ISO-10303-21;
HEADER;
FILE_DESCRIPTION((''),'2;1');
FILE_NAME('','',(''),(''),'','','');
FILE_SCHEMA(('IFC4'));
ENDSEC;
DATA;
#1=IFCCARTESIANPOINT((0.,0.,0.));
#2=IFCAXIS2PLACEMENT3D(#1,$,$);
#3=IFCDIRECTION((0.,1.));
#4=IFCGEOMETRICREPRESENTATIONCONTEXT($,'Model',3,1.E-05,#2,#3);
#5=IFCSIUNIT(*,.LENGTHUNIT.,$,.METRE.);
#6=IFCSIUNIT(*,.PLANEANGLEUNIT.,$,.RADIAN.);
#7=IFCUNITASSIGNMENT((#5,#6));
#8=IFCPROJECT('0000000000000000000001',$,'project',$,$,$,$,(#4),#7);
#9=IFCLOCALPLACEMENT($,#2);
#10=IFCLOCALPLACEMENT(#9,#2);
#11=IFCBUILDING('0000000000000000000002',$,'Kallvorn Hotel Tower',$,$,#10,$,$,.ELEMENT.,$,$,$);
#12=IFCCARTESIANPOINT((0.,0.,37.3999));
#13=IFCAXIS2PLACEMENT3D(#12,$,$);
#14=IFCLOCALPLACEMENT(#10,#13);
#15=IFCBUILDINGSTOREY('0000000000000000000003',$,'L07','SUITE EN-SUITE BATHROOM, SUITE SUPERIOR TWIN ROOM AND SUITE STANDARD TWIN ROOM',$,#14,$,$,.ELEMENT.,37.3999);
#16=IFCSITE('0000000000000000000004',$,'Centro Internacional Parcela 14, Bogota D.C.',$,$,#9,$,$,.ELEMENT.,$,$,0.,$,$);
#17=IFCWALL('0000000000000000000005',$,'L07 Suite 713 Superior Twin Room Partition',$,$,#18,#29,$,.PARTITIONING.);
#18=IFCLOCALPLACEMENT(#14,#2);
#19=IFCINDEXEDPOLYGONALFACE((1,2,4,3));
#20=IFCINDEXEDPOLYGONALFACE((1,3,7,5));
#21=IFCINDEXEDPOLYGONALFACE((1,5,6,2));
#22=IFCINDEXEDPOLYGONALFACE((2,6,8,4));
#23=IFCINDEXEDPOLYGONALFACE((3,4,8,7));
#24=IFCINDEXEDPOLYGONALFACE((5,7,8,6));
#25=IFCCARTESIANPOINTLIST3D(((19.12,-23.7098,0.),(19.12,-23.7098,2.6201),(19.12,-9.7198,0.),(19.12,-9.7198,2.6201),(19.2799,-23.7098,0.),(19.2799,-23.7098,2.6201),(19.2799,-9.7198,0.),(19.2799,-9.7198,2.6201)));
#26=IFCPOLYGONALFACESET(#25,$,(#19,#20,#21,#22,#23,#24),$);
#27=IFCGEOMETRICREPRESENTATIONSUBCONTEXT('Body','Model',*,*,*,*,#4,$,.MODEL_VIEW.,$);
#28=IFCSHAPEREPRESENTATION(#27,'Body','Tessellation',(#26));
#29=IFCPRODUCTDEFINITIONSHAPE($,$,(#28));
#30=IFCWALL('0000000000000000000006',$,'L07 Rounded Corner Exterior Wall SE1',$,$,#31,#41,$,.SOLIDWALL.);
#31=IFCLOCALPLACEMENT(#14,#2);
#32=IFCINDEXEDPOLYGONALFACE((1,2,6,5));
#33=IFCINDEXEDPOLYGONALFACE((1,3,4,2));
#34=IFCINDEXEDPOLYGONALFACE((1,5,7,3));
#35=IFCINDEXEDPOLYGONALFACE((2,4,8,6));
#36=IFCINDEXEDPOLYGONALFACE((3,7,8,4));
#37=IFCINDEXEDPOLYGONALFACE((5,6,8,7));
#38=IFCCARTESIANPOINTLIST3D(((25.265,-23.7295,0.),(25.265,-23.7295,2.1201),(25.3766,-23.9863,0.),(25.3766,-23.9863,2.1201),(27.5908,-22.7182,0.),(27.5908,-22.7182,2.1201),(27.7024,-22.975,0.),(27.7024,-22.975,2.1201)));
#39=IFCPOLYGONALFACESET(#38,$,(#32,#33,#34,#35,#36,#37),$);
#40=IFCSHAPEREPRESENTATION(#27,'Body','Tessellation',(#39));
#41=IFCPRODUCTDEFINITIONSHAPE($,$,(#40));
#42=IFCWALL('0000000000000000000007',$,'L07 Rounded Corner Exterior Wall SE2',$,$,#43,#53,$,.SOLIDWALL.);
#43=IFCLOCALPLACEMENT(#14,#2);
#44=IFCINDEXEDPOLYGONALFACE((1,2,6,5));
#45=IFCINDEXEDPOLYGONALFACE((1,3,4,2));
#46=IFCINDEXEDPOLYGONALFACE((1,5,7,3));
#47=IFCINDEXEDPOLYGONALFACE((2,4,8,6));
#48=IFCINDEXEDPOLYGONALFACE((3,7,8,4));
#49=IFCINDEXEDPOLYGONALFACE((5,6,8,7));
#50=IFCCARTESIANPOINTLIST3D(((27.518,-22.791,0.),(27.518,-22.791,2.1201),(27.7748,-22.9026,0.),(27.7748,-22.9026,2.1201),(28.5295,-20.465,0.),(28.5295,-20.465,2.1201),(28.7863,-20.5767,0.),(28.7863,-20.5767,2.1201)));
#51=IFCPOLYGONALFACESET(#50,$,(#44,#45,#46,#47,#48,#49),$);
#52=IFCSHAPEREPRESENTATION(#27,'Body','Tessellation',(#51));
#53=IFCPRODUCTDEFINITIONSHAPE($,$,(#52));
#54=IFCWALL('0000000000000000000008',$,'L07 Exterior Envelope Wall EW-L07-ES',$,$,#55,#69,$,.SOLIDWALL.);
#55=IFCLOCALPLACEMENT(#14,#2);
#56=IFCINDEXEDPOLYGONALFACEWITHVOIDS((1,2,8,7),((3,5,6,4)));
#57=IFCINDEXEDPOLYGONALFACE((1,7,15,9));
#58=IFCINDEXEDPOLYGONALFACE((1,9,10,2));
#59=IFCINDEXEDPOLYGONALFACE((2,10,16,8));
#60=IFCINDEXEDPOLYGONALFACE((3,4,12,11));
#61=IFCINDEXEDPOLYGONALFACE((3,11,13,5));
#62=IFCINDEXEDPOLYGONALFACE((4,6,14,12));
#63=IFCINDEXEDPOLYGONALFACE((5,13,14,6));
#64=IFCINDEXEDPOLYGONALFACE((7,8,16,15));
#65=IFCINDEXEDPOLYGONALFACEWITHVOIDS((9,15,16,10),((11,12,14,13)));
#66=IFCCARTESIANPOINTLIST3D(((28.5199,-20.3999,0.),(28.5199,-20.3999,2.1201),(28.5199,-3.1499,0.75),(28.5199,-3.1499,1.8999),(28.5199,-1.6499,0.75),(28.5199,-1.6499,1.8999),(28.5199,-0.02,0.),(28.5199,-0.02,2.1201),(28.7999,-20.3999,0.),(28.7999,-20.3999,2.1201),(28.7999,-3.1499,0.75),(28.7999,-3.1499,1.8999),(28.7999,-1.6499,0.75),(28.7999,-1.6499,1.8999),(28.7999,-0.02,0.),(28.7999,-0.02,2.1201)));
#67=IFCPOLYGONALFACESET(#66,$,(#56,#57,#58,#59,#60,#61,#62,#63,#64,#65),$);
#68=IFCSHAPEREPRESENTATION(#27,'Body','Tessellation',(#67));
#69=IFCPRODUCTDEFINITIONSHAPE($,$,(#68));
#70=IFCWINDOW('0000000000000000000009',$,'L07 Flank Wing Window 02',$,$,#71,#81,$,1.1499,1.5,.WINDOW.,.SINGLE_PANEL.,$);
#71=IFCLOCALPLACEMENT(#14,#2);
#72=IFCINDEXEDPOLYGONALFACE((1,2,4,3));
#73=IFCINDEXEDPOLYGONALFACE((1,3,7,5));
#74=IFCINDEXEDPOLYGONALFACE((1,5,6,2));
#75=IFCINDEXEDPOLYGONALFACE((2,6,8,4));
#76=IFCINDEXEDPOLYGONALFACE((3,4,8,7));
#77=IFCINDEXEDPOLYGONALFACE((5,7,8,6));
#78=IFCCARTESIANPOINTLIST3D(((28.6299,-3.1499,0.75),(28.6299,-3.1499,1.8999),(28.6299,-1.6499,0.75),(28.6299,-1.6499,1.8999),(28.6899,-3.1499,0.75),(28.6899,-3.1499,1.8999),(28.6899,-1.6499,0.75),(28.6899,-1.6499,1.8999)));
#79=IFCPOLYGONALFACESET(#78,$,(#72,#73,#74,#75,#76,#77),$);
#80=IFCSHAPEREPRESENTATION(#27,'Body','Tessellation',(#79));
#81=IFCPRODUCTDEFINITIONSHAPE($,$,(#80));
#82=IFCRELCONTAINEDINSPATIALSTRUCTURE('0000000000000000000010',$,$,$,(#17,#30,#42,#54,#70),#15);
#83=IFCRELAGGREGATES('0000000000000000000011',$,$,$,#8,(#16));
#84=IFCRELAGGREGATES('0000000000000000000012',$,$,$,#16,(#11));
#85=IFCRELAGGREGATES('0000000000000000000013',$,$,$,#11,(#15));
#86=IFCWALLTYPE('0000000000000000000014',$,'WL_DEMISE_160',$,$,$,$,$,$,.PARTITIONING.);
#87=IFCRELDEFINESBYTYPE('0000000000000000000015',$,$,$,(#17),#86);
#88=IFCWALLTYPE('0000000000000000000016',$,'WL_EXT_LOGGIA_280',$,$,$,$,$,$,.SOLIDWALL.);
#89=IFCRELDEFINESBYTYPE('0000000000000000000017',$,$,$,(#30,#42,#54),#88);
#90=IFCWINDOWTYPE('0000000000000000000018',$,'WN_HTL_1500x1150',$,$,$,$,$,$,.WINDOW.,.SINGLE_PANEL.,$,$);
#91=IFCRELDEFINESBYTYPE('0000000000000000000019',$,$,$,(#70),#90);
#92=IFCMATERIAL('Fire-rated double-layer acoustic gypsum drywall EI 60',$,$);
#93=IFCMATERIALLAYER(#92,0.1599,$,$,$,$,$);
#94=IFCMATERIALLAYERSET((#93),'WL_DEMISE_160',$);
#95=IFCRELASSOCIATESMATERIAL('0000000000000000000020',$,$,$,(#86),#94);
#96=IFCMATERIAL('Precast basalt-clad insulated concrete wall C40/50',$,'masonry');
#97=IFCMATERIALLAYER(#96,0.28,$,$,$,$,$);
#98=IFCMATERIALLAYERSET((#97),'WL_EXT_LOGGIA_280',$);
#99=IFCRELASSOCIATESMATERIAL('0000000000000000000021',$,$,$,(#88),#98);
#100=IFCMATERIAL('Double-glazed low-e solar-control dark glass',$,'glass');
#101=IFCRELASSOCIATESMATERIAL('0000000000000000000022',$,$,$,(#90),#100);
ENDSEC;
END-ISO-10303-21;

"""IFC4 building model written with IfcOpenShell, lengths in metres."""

from ifc_helpers import new_model, si_unit, direction, frame, frame_2d, origin, place, context, subcontext, project, spatial, rectangle, extrude, material, layer, layer_set, type_object, element, fill, save


model = new_model("IFC4")

# Units and contexts
model_context = context("Model", 3, precision=1e-05, world=origin(), true_north=direction((0.0, 1.0)))
body_context = subcontext(model_context, "Body", "Model", "MODEL_VIEW")
ifc_project = project(units=[si_unit("LENGTHUNIT", "METRE"), si_unit("PLANEANGLEUNIT", "RADIAN")], contexts=[model_context])

# Site, building, storey
site_placement = place(None, origin())
site = spatial("IfcSite", under=ifc_project, at=site_placement, Name="Centro Internacional Parcela 14, Bogota D.C.", CompositionType="ELEMENT", RefElevation=0.0)
building_placement = place(site_placement, origin())
building = spatial("IfcBuilding", under=site, at=building_placement, Name="Kallvorn Hotel Tower", CompositionType="ELEMENT")
storey_placement = place(building_placement, frame((0.0, 0.0, 37.3999)))
storey = spatial("IfcBuildingStorey", under=building, at=storey_placement, Name="L07", Description="SUITE EN-SUITE BATHROOM, SUITE SUPERIOR TWIN ROOM AND SUITE STANDARD TWIN ROOM", CompositionType="ELEMENT", Elevation=37.3999)

# Walls
ifc_material_1 = material(Name="Fire-rated double-layer acoustic gypsum drywall EI 60")
ifc_layer_1 = layer(ifc_material_1, 0.1599)
ifc_layer_set_1 = layer_set([ifc_layer_1], Name="WL_DEMISE_160")
wall_type_1 = type_object("IfcWallType", Name="WL_DEMISE_160", PredefinedType="PARTITIONING", material=ifc_layer_set_1)
for number, where, z_axis, x_axis, name in (
    (1, (19.2, -23.71, 0.0), (0.0, 0.0, 1.0), (0.0, 1.0, 0.0), "L07 Suite 713 Superior Twin Room Partition"),
):
    element("IfcWall", number, at=place(storey_placement, frame(where, z_axis=z_axis, x_axis=x_axis)), inside=storey, type_object=wall_type_1, Name=name, PredefinedType="PARTITIONING", context=body_context, shape_type="SweptSolid", body=[
        extrude(rectangle(XDim=13.99, YDim=0.1599, at=frame_2d((6.9951, 0.0))), origin(), (0.0, 0.0, 1.0), 2.6201),
    ])
ifc_material_2 = material(Name="Precast basalt-clad insulated concrete wall C40/50", Category="masonry")
ifc_layer_2 = layer(ifc_material_2, 0.28)
ifc_layer_set_2 = layer_set([ifc_layer_2], Name="WL_EXT_LOGGIA_280")
wall_type_2 = type_object("IfcWallType", Name="WL_EXT_LOGGIA_280", PredefinedType="SOLIDWALL", material=ifc_layer_set_2)
wall_1_placement = place(storey_placement, frame((25.3208, -23.8579, 0.0), z_axis=(0.0, 0.0, 1.0), x_axis=(0.917061, 0.398747, 0.0)))
element("IfcWall", 2, at=wall_1_placement, inside=storey, type_object=wall_type_2, Name="L07 Rounded Corner Exterior Wall SE1", PredefinedType="SOLIDWALL", context=body_context, shape_type="SweptSolid", body=[
    extrude(rectangle(XDim=2.5361, YDim=0.28, at=frame_2d((1.2681, 0.0))), origin(), (0.0, 0.0, 1.0), 2.1201),
])
wall_2_placement = place(storey_placement, frame((27.6465, -22.8467, 0.0), z_axis=(0.0, 0.0, 1.0), x_axis=(0.398793, 0.917041, 0.0)))
element("IfcWall", 3, at=wall_2_placement, inside=storey, type_object=wall_type_2, Name="L07 Rounded Corner Exterior Wall SE2", PredefinedType="SOLIDWALL", context=body_context, shape_type="SweptSolid", body=[
    extrude(rectangle(XDim=2.5364, YDim=0.28, at=frame_2d((1.2681, 0.0))), origin(), (0.0, 0.0, 1.0), 2.1201),
])

# Wall, opening, window
wall_3_placement = place(storey_placement, frame((28.6599, -20.3999, 0.0), z_axis=(0.0, 0.0, 1.0), x_axis=(0.0, 1.0, 0.0)))
wall_3 = element("IfcWall", 4, at=wall_3_placement, inside=storey, type_object=wall_type_2, Name="L07 Exterior Envelope Wall EW-L07-ES", PredefinedType="SOLIDWALL", context=body_context, shape_type="SweptSolid", body=[
    extrude(rectangle(XDim=20.3799, YDim=0.28, at=frame_2d((10.1899, 0.0))), origin(), (0.0, 0.0, 1.0), 2.1201),
])
opening_placement = place(wall_3_placement, frame((17.25, 0.0, 0.75)))
opening = element("IfcOpeningElement", 5, at=opening_placement, cuts=wall_3, PredefinedType="OPENING", context=body_context, shape_type="SweptSolid", body=[
    extrude(rectangle(XDim=1.5, YDim=1.1499, at=frame_2d((0.75, 0.575))), frame((0.0, 0.155, 0.0), z_axis=(0.0, -1.0, 0.0), x_axis=(1.0, 0.0, 0.0)), (0.0, 0.0, 1.0), 0.3101),
])
ifc_material_3 = material(Name="Double-glazed low-e solar-control dark glass", Category="glass")
window_type = type_object("IfcWindowType", Name="WN_HTL_1500x1150", PartitioningType="SINGLE_PANEL", PredefinedType="WINDOW", material=ifc_material_3)
window_placement = place(opening_placement, origin())
window = element("IfcWindow", 6, at=window_placement, inside=storey, type_object=window_type, Name="L07 Flank Wing Window 02", OverallHeight=1.1499, OverallWidth=1.5, PartitioningType="SINGLE_PANEL", PredefinedType="WINDOW", context=body_context, shape_type="SweptSolid", body=[
    extrude(rectangle(XDim=1.5, YDim=1.1499, at=frame_2d((0.75, 0.575))), frame((0.0, 0.03, 0.0), z_axis=(0.0, -1.0, 0.0), x_axis=(1.0, 0.0, 0.0)), (0.0, 0.0, 1.0), 0.0601),
])
fill(opening, window)

save(model, "model.ifc")
